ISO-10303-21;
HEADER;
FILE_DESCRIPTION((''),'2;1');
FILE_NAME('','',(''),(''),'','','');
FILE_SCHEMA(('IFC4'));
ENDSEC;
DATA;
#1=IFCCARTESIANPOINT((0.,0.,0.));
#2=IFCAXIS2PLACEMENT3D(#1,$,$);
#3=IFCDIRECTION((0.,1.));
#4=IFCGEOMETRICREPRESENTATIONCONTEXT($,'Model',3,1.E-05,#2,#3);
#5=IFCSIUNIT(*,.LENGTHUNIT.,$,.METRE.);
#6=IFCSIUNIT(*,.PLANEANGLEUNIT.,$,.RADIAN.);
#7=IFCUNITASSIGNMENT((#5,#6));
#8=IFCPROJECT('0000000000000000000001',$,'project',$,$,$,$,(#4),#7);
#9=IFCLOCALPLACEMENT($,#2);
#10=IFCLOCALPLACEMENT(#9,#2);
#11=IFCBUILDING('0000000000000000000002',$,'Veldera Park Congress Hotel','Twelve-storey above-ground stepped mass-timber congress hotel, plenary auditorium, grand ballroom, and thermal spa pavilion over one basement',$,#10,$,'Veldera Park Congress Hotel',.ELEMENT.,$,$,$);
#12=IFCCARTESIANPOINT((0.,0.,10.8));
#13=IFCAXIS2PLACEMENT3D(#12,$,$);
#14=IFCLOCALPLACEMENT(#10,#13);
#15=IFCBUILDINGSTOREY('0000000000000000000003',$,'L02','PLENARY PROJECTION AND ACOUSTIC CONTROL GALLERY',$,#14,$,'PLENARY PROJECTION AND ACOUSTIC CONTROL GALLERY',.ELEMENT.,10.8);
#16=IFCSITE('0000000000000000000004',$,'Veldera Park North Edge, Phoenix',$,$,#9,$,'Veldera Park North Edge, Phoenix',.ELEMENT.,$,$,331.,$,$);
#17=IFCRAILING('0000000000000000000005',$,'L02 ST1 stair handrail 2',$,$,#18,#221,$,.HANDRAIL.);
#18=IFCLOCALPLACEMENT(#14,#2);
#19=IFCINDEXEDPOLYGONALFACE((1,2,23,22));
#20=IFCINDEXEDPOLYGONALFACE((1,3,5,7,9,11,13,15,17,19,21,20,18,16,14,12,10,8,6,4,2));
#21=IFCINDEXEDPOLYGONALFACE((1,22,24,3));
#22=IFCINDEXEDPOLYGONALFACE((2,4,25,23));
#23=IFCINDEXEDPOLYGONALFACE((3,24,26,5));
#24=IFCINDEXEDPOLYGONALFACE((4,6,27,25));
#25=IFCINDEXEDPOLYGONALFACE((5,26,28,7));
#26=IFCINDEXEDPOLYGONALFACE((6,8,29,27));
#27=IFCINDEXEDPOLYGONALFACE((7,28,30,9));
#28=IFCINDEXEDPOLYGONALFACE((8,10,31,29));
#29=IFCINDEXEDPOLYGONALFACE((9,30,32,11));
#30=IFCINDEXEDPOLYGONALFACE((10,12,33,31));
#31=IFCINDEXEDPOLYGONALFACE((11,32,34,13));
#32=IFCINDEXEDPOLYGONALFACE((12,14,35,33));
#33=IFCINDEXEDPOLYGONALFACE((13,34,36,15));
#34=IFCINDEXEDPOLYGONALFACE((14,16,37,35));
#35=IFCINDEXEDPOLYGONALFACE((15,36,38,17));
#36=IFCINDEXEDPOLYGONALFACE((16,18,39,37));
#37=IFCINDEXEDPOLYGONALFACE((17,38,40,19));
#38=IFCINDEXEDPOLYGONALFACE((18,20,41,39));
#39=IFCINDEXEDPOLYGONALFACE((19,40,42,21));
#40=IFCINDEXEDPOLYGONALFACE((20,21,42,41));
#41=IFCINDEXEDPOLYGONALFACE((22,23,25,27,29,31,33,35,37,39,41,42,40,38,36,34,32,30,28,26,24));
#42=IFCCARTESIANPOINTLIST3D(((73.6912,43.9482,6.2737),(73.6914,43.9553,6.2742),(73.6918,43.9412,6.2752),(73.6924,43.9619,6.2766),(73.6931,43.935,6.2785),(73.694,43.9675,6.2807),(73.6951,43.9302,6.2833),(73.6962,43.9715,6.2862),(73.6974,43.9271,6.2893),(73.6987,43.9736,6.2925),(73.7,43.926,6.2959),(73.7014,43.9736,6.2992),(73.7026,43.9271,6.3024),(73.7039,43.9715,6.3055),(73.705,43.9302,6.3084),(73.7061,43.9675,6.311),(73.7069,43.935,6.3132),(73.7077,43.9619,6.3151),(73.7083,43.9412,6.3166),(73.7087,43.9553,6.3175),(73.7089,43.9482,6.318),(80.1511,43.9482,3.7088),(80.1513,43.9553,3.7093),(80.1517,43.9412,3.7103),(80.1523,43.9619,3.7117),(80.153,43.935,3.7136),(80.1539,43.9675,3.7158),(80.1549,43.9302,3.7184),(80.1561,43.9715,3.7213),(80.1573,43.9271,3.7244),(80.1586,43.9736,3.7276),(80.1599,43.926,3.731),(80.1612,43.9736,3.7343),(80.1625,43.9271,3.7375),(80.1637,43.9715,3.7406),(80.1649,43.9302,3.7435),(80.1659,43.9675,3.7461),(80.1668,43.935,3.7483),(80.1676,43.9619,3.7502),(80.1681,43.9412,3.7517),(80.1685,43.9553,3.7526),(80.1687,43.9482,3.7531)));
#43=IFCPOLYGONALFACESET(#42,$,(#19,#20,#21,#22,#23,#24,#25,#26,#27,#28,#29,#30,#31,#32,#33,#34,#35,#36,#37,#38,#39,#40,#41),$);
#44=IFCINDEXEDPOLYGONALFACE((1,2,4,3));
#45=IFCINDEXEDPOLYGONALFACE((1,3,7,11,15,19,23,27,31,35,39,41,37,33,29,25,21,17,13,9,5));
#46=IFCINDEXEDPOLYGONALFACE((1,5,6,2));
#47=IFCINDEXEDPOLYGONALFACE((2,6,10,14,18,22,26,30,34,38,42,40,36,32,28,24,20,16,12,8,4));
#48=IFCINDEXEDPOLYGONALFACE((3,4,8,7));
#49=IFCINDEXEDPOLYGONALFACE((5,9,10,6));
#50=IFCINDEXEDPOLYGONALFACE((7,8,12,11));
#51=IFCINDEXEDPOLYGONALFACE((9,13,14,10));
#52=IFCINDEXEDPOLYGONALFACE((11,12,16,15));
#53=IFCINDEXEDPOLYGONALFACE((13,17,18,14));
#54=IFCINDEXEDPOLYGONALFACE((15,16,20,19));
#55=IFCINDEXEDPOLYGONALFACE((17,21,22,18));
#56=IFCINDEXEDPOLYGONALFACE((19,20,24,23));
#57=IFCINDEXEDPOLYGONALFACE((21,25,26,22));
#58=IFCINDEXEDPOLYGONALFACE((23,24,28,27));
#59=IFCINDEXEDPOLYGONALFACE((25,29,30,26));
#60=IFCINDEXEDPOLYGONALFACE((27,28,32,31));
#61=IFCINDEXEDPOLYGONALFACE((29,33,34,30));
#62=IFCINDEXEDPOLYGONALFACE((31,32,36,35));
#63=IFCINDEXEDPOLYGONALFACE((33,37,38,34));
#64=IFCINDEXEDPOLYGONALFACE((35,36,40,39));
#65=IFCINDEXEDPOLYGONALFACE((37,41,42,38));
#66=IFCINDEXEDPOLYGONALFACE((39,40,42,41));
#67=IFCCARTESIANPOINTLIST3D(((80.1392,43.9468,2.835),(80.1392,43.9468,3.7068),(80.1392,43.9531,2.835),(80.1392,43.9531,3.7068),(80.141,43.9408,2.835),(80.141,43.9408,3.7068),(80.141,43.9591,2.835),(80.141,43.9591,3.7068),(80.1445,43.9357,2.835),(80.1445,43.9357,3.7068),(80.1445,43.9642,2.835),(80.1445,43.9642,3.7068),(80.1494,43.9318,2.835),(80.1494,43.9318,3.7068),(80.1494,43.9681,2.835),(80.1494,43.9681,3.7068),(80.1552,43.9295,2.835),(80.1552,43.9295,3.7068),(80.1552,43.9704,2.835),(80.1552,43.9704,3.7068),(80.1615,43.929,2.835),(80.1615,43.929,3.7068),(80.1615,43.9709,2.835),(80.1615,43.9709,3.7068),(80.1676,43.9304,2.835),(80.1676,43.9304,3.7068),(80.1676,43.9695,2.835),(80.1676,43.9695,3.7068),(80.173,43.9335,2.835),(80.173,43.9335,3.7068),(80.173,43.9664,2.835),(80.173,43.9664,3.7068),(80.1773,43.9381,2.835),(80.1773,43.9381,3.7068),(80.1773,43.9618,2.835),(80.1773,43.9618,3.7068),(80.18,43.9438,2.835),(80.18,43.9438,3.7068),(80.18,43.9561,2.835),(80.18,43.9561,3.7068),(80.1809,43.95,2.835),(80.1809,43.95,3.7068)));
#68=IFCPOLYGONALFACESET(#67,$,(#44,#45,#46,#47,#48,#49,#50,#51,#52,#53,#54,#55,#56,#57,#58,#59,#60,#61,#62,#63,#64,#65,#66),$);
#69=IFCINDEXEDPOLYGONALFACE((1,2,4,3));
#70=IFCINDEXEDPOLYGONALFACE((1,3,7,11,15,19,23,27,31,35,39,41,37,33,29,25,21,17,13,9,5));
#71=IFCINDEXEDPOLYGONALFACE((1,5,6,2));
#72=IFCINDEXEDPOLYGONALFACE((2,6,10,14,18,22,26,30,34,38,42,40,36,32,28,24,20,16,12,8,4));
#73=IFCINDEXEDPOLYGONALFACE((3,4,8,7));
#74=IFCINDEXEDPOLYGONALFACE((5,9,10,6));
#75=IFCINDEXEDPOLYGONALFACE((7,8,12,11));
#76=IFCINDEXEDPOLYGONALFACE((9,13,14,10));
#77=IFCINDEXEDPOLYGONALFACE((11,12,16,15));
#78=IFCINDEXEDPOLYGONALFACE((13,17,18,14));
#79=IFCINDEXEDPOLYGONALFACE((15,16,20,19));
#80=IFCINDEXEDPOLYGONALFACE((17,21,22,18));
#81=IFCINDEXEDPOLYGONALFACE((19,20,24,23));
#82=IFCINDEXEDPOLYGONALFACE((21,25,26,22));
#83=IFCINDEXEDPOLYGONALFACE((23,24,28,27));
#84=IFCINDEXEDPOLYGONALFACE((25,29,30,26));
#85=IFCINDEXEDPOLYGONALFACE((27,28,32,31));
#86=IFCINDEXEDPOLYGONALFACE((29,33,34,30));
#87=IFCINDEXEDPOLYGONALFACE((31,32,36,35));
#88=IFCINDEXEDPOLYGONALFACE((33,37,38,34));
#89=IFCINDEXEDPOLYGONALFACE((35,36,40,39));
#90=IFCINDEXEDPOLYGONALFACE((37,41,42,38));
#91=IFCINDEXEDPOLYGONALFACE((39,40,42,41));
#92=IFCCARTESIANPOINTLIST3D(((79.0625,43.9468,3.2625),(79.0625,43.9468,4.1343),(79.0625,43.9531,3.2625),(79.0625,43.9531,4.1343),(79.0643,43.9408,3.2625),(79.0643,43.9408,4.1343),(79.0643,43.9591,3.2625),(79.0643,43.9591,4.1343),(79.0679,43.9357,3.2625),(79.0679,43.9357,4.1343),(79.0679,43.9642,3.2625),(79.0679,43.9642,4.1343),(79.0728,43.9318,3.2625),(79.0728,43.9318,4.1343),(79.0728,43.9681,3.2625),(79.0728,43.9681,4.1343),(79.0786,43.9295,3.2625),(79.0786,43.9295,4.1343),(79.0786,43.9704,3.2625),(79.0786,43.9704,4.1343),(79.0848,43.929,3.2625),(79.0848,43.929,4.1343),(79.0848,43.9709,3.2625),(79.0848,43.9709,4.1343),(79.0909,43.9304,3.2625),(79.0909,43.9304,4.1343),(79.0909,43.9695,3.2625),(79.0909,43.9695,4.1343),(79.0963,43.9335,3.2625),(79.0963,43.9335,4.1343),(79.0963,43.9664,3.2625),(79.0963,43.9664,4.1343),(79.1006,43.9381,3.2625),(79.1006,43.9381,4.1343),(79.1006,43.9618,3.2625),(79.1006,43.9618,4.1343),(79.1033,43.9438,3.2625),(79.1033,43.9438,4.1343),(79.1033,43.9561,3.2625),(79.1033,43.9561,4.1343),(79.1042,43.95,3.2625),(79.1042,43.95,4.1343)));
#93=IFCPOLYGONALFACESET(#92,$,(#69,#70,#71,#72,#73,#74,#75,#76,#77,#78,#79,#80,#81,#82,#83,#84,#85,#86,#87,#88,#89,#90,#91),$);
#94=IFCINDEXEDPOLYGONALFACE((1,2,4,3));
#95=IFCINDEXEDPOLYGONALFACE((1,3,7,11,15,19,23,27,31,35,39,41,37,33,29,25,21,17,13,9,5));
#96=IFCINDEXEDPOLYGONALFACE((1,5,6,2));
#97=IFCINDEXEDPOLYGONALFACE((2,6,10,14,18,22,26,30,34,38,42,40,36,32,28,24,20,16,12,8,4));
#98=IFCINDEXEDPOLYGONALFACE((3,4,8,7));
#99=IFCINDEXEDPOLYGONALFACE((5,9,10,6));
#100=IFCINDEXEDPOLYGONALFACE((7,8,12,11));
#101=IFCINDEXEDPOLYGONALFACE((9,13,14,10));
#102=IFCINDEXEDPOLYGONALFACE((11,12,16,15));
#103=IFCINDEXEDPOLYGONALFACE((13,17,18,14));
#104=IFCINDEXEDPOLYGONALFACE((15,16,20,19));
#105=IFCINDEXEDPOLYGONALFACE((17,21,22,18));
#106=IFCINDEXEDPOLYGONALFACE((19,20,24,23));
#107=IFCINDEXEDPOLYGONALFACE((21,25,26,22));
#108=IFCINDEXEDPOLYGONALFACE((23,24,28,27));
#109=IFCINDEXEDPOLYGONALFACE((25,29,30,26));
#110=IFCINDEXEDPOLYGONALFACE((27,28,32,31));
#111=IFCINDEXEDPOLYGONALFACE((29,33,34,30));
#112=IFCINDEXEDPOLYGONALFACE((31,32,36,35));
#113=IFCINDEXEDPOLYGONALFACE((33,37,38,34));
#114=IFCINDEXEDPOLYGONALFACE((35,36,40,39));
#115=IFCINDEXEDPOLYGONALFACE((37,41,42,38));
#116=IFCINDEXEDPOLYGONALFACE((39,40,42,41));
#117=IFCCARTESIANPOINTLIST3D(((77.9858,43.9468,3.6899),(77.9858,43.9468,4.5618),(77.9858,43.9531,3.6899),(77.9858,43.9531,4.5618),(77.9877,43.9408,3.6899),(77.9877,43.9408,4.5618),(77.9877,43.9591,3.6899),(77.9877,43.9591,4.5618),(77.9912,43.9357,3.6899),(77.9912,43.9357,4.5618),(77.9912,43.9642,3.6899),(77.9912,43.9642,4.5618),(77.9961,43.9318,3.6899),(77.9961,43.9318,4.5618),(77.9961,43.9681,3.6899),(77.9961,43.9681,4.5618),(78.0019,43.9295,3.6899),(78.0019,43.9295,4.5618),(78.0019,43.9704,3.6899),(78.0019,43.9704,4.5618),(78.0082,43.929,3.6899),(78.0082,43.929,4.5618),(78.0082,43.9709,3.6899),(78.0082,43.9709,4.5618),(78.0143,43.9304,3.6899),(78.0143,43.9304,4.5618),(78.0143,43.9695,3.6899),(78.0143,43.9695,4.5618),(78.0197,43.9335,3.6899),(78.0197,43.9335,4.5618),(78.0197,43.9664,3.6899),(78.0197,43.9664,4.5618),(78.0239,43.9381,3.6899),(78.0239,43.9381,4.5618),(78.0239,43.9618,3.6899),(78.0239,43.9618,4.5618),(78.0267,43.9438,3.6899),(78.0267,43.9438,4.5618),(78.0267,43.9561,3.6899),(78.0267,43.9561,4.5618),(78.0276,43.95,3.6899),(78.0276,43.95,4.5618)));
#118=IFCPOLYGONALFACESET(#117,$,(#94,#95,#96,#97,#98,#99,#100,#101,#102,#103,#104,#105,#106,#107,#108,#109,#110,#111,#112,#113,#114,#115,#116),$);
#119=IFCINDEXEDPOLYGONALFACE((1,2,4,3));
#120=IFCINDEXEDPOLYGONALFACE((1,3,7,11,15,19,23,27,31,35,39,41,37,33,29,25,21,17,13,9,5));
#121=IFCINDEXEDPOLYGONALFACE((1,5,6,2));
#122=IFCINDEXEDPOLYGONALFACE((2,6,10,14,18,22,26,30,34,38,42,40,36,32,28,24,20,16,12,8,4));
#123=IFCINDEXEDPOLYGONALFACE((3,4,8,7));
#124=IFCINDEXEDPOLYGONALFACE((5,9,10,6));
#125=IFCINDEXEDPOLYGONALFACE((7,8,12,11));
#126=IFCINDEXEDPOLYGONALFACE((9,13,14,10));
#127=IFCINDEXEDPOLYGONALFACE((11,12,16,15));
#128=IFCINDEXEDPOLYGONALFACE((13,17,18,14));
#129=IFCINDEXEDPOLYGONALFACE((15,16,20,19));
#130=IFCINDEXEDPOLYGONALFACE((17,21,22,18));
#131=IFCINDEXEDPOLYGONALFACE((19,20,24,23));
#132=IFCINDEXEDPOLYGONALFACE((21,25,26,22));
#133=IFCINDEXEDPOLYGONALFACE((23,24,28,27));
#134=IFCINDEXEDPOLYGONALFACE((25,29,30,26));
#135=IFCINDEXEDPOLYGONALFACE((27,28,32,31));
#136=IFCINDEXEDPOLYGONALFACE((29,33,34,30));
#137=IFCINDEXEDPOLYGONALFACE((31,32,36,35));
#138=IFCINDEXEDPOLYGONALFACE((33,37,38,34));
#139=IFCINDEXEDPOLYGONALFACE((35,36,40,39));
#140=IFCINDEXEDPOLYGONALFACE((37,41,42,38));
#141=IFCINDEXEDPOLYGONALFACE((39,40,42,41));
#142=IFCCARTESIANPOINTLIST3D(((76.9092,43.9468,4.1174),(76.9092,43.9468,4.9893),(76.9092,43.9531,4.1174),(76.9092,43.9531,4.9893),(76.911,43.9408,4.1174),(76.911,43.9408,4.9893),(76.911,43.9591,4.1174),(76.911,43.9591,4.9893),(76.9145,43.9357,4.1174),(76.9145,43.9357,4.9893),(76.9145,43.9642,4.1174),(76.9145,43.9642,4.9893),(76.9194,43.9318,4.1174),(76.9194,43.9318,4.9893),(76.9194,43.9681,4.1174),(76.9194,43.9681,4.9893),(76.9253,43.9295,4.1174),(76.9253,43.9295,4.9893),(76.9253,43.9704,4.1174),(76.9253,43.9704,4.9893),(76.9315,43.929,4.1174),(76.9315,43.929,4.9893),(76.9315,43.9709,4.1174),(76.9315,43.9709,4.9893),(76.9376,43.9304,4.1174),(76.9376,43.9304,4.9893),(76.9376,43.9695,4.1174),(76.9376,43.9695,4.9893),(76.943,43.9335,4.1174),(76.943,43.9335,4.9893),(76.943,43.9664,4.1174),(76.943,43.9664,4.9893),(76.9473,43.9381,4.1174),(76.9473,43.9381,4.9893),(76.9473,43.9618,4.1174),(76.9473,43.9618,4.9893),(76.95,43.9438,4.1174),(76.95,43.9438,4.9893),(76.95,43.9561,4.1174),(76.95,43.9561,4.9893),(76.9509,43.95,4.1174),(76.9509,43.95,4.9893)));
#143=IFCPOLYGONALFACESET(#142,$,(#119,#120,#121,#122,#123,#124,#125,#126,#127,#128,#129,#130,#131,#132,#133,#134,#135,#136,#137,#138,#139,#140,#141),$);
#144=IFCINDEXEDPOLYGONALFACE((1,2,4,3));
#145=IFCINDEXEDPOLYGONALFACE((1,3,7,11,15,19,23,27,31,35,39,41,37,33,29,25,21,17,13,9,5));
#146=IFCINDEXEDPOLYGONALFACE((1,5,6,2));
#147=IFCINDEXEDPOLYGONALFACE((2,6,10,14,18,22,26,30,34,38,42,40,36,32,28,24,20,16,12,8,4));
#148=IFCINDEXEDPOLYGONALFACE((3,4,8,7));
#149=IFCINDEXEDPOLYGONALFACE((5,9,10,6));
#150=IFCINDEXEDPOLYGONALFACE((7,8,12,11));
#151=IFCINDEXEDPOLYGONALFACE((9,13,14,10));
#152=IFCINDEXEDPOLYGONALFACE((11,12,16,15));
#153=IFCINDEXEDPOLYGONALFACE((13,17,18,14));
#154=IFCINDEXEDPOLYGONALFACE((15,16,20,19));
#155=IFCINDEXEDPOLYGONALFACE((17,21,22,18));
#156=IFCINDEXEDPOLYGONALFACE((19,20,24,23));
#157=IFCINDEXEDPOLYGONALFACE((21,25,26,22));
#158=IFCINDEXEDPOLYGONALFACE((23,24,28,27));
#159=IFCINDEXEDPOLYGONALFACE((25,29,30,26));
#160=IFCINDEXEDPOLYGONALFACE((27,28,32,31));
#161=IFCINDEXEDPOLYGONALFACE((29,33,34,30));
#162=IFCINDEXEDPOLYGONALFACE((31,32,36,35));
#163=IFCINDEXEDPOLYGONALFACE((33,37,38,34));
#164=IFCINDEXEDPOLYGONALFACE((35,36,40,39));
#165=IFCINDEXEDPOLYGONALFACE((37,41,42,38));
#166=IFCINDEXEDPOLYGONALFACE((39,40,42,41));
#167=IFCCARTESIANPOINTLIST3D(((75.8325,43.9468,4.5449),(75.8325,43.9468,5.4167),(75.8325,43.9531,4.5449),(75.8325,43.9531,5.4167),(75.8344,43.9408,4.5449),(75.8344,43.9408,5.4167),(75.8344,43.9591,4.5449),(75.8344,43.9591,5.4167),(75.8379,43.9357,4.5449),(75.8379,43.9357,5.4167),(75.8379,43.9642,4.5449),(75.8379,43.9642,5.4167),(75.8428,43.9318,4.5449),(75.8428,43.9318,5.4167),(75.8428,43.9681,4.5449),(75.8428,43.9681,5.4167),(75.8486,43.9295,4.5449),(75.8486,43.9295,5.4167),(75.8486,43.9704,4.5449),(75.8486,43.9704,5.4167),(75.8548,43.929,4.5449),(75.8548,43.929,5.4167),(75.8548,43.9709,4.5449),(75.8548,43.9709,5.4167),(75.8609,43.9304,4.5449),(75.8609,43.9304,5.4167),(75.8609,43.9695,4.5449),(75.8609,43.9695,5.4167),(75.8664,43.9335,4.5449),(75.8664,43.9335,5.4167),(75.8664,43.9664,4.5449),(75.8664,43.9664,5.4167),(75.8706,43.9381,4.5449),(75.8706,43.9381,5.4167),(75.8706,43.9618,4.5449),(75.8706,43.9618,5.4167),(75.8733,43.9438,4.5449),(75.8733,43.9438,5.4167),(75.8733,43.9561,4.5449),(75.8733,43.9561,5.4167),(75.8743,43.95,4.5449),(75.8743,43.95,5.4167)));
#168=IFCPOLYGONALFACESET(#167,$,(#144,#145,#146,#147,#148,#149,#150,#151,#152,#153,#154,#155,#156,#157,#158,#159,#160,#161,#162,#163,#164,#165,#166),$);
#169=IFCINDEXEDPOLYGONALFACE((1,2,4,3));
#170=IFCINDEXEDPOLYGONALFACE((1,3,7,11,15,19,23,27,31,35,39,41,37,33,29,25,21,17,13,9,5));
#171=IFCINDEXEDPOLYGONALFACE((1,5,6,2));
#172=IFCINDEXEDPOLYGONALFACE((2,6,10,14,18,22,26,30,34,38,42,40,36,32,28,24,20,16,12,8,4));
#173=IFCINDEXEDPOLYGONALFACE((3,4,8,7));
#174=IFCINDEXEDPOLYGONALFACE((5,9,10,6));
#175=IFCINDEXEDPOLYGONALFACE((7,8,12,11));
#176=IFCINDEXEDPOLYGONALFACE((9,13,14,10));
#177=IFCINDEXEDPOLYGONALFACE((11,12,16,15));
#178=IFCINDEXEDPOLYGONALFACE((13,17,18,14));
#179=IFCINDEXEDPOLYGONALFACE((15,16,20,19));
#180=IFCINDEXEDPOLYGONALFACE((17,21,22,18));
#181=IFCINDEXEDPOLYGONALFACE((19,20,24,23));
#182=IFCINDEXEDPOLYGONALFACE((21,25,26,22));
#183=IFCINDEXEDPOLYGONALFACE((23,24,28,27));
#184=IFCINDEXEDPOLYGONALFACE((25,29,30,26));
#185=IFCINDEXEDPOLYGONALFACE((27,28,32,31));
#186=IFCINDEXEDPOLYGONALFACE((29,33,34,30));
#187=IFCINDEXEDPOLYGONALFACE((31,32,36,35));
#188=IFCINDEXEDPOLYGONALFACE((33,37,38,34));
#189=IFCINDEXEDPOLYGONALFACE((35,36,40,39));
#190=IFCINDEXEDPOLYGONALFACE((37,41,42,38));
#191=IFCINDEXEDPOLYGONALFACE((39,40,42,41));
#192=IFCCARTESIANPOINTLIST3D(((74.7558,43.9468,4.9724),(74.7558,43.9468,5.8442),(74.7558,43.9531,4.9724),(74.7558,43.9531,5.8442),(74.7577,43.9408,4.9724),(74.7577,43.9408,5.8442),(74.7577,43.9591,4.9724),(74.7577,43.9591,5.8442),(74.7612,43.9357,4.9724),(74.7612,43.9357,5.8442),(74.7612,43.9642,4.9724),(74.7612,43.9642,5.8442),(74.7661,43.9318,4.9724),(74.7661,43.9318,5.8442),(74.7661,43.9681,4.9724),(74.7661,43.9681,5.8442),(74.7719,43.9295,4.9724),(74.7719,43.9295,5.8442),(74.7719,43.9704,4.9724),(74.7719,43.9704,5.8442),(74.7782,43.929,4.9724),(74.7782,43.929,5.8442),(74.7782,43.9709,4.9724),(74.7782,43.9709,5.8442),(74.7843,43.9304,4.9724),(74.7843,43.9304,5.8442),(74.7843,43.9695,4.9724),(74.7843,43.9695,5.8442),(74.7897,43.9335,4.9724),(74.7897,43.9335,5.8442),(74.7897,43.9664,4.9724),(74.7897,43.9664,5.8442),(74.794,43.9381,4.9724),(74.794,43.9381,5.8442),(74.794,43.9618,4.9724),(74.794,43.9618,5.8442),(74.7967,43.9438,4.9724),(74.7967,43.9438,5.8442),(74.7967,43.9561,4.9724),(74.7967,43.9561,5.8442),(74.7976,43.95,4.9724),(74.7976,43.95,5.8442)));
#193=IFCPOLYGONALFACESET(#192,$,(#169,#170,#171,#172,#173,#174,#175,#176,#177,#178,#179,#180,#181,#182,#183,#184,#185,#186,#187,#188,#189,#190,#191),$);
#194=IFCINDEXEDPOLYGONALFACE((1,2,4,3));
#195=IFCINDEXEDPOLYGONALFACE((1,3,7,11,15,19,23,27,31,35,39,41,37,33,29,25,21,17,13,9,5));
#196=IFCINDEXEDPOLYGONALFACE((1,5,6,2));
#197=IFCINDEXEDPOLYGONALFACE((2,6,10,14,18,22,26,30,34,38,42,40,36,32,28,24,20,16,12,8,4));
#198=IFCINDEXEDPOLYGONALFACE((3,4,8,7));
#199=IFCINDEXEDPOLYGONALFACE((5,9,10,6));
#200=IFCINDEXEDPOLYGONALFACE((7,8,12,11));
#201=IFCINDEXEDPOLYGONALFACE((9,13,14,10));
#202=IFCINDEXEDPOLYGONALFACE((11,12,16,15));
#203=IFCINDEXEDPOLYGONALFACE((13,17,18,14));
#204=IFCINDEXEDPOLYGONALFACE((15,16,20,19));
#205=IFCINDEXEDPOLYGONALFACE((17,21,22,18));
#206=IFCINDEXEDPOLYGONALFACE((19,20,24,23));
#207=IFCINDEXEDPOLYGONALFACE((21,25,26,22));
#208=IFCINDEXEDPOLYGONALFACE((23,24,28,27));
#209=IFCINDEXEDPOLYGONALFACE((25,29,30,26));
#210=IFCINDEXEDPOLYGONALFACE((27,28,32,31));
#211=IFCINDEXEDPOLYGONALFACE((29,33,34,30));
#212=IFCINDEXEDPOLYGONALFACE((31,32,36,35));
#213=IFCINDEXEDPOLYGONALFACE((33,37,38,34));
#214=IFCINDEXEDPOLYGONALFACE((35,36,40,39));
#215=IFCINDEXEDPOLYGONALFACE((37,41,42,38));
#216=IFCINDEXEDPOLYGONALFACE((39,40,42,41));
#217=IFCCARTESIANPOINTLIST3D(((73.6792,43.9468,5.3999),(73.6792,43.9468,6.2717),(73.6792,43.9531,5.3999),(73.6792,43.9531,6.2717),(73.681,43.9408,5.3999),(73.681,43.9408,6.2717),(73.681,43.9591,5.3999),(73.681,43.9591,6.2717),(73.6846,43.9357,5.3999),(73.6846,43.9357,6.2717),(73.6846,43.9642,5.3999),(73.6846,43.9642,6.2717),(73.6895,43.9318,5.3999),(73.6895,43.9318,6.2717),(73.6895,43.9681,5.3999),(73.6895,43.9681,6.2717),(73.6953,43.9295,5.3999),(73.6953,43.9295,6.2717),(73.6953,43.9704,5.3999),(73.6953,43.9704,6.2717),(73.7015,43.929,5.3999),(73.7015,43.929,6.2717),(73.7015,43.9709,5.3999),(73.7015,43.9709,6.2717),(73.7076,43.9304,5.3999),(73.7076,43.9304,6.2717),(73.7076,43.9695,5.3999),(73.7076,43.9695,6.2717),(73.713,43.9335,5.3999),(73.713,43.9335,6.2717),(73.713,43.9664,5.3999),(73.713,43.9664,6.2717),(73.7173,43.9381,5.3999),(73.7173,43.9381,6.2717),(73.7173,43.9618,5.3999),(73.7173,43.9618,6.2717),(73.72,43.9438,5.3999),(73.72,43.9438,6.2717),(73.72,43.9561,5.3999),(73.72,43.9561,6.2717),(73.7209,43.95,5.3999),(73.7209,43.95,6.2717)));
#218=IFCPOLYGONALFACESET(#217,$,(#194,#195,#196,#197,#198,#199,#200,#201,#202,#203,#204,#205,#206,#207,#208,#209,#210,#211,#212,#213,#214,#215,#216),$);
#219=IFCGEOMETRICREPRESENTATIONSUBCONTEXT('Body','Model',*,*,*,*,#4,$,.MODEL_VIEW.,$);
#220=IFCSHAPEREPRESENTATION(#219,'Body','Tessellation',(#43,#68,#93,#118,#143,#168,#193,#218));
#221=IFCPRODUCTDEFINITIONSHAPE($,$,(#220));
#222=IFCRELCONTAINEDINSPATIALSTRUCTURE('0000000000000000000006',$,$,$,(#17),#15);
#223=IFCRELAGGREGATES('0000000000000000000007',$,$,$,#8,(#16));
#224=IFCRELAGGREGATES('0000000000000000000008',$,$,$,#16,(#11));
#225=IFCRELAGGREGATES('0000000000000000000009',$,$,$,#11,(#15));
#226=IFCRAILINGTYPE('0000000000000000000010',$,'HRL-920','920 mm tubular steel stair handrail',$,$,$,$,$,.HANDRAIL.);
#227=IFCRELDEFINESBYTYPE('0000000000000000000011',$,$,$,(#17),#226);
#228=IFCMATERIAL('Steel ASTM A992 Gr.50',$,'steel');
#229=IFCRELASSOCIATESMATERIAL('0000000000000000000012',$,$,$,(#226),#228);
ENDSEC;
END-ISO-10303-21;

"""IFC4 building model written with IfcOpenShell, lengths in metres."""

from ifc_helpers import new_model, si_unit, direction, frame, origin, origin_2d, place, context, subcontext, project, spatial, circle, extrude, material, type_object, element, save


model = new_model("IFC4")

# Units and contexts
model_context = context("Model", 3, precision=1e-05, world=origin(), true_north=direction((0.0, 1.0)))
body_context = subcontext(model_context, "Body", "Model", "MODEL_VIEW")
ifc_project = project(units=[si_unit("LENGTHUNIT", "METRE"), si_unit("PLANEANGLEUNIT", "RADIAN")], contexts=[model_context])

# Site, building, storey
site_placement = place(None, origin())
site = spatial("IfcSite", under=ifc_project, at=site_placement, Name="Veldera Park North Edge, Phoenix", LongName="Veldera Park North Edge, Phoenix", CompositionType="ELEMENT", RefElevation=331.0)
building_placement = place(site_placement, origin())
building = spatial("IfcBuilding", under=site, at=building_placement, Name="Veldera Park Congress Hotel", Description="Twelve-storey above-ground stepped mass-timber congress hotel, plenary auditorium, grand ballroom, and thermal spa pavilion over one basement", LongName="Veldera Park Congress Hotel", CompositionType="ELEMENT")
storey_placement = place(building_placement, frame((0.0, 0.0, 10.8)))
storey = spatial("IfcBuildingStorey", under=building, at=storey_placement, Name="L02", Description="PLENARY PROJECTION AND ACOUSTIC CONTROL GALLERY", LongName="PLENARY PROJECTION AND ACOUSTIC CONTROL GALLERY", CompositionType="ELEMENT", Elevation=10.8)

# Shared definitions
ifc_material_1 = material(Name="Steel ASTM A992 Gr.50", Category="steel")

# Railing
railing_type_1 = type_object("IfcRailingType", Name="HRL-920", Description="920 mm tubular steel stair handrail", PredefinedType="HANDRAIL", material=ifc_material_1)
railing_1_placement = place(storey_placement, frame((80.1599, 43.95, 2.835)))
element("IfcRailing", 1, at=railing_1_placement, inside=storey, type_object=railing_type_1, Name="L02 ST1 stair handrail 2", PredefinedType="HANDRAIL", context=body_context, shape_type="SweptSolid", body=[
    extrude(circle(Radius=0.0239, at=origin_2d()), frame((0.0, 0.0, 0.896), z_axis=(-0.929418, 0.0, 0.369028), x_axis=(0.0, -1.0, 0.0)), (0.0, 0.0, 1.0), 6.9504),
    extrude(circle(Radius=0.021, at=origin_2d()), origin(), (0.0, 0.0, 1.0), 0.8718),
    extrude(circle(Radius=0.021, at=origin_2d()), frame((-1.0767, 0.0, 0.4275)), (0.0, 0.0, 1.0), 0.8718),
    extrude(circle(Radius=0.021, at=origin_2d()), frame((-2.1533, 0.0, 0.855)), (0.0, 0.0, 1.0), 0.8718),
    extrude(circle(Radius=0.021, at=origin_2d()), frame((-3.23, 0.0, 1.2825)), (0.0, 0.0, 1.0), 0.8718),
    extrude(circle(Radius=0.021, at=origin_2d()), frame((-4.3066, 0.0, 1.71)), (0.0, 0.0, 1.0), 0.8718),
    extrude(circle(Radius=0.021, at=origin_2d()), frame((-5.3833, 0.0, 2.1375)), (0.0, 0.0, 1.0), 0.8718),
    extrude(circle(Radius=0.021, at=origin_2d()), frame((-6.46, 0.0, 2.5649)), (0.0, 0.0, 1.0), 0.8718),
])

save(model, "model.ifc")
